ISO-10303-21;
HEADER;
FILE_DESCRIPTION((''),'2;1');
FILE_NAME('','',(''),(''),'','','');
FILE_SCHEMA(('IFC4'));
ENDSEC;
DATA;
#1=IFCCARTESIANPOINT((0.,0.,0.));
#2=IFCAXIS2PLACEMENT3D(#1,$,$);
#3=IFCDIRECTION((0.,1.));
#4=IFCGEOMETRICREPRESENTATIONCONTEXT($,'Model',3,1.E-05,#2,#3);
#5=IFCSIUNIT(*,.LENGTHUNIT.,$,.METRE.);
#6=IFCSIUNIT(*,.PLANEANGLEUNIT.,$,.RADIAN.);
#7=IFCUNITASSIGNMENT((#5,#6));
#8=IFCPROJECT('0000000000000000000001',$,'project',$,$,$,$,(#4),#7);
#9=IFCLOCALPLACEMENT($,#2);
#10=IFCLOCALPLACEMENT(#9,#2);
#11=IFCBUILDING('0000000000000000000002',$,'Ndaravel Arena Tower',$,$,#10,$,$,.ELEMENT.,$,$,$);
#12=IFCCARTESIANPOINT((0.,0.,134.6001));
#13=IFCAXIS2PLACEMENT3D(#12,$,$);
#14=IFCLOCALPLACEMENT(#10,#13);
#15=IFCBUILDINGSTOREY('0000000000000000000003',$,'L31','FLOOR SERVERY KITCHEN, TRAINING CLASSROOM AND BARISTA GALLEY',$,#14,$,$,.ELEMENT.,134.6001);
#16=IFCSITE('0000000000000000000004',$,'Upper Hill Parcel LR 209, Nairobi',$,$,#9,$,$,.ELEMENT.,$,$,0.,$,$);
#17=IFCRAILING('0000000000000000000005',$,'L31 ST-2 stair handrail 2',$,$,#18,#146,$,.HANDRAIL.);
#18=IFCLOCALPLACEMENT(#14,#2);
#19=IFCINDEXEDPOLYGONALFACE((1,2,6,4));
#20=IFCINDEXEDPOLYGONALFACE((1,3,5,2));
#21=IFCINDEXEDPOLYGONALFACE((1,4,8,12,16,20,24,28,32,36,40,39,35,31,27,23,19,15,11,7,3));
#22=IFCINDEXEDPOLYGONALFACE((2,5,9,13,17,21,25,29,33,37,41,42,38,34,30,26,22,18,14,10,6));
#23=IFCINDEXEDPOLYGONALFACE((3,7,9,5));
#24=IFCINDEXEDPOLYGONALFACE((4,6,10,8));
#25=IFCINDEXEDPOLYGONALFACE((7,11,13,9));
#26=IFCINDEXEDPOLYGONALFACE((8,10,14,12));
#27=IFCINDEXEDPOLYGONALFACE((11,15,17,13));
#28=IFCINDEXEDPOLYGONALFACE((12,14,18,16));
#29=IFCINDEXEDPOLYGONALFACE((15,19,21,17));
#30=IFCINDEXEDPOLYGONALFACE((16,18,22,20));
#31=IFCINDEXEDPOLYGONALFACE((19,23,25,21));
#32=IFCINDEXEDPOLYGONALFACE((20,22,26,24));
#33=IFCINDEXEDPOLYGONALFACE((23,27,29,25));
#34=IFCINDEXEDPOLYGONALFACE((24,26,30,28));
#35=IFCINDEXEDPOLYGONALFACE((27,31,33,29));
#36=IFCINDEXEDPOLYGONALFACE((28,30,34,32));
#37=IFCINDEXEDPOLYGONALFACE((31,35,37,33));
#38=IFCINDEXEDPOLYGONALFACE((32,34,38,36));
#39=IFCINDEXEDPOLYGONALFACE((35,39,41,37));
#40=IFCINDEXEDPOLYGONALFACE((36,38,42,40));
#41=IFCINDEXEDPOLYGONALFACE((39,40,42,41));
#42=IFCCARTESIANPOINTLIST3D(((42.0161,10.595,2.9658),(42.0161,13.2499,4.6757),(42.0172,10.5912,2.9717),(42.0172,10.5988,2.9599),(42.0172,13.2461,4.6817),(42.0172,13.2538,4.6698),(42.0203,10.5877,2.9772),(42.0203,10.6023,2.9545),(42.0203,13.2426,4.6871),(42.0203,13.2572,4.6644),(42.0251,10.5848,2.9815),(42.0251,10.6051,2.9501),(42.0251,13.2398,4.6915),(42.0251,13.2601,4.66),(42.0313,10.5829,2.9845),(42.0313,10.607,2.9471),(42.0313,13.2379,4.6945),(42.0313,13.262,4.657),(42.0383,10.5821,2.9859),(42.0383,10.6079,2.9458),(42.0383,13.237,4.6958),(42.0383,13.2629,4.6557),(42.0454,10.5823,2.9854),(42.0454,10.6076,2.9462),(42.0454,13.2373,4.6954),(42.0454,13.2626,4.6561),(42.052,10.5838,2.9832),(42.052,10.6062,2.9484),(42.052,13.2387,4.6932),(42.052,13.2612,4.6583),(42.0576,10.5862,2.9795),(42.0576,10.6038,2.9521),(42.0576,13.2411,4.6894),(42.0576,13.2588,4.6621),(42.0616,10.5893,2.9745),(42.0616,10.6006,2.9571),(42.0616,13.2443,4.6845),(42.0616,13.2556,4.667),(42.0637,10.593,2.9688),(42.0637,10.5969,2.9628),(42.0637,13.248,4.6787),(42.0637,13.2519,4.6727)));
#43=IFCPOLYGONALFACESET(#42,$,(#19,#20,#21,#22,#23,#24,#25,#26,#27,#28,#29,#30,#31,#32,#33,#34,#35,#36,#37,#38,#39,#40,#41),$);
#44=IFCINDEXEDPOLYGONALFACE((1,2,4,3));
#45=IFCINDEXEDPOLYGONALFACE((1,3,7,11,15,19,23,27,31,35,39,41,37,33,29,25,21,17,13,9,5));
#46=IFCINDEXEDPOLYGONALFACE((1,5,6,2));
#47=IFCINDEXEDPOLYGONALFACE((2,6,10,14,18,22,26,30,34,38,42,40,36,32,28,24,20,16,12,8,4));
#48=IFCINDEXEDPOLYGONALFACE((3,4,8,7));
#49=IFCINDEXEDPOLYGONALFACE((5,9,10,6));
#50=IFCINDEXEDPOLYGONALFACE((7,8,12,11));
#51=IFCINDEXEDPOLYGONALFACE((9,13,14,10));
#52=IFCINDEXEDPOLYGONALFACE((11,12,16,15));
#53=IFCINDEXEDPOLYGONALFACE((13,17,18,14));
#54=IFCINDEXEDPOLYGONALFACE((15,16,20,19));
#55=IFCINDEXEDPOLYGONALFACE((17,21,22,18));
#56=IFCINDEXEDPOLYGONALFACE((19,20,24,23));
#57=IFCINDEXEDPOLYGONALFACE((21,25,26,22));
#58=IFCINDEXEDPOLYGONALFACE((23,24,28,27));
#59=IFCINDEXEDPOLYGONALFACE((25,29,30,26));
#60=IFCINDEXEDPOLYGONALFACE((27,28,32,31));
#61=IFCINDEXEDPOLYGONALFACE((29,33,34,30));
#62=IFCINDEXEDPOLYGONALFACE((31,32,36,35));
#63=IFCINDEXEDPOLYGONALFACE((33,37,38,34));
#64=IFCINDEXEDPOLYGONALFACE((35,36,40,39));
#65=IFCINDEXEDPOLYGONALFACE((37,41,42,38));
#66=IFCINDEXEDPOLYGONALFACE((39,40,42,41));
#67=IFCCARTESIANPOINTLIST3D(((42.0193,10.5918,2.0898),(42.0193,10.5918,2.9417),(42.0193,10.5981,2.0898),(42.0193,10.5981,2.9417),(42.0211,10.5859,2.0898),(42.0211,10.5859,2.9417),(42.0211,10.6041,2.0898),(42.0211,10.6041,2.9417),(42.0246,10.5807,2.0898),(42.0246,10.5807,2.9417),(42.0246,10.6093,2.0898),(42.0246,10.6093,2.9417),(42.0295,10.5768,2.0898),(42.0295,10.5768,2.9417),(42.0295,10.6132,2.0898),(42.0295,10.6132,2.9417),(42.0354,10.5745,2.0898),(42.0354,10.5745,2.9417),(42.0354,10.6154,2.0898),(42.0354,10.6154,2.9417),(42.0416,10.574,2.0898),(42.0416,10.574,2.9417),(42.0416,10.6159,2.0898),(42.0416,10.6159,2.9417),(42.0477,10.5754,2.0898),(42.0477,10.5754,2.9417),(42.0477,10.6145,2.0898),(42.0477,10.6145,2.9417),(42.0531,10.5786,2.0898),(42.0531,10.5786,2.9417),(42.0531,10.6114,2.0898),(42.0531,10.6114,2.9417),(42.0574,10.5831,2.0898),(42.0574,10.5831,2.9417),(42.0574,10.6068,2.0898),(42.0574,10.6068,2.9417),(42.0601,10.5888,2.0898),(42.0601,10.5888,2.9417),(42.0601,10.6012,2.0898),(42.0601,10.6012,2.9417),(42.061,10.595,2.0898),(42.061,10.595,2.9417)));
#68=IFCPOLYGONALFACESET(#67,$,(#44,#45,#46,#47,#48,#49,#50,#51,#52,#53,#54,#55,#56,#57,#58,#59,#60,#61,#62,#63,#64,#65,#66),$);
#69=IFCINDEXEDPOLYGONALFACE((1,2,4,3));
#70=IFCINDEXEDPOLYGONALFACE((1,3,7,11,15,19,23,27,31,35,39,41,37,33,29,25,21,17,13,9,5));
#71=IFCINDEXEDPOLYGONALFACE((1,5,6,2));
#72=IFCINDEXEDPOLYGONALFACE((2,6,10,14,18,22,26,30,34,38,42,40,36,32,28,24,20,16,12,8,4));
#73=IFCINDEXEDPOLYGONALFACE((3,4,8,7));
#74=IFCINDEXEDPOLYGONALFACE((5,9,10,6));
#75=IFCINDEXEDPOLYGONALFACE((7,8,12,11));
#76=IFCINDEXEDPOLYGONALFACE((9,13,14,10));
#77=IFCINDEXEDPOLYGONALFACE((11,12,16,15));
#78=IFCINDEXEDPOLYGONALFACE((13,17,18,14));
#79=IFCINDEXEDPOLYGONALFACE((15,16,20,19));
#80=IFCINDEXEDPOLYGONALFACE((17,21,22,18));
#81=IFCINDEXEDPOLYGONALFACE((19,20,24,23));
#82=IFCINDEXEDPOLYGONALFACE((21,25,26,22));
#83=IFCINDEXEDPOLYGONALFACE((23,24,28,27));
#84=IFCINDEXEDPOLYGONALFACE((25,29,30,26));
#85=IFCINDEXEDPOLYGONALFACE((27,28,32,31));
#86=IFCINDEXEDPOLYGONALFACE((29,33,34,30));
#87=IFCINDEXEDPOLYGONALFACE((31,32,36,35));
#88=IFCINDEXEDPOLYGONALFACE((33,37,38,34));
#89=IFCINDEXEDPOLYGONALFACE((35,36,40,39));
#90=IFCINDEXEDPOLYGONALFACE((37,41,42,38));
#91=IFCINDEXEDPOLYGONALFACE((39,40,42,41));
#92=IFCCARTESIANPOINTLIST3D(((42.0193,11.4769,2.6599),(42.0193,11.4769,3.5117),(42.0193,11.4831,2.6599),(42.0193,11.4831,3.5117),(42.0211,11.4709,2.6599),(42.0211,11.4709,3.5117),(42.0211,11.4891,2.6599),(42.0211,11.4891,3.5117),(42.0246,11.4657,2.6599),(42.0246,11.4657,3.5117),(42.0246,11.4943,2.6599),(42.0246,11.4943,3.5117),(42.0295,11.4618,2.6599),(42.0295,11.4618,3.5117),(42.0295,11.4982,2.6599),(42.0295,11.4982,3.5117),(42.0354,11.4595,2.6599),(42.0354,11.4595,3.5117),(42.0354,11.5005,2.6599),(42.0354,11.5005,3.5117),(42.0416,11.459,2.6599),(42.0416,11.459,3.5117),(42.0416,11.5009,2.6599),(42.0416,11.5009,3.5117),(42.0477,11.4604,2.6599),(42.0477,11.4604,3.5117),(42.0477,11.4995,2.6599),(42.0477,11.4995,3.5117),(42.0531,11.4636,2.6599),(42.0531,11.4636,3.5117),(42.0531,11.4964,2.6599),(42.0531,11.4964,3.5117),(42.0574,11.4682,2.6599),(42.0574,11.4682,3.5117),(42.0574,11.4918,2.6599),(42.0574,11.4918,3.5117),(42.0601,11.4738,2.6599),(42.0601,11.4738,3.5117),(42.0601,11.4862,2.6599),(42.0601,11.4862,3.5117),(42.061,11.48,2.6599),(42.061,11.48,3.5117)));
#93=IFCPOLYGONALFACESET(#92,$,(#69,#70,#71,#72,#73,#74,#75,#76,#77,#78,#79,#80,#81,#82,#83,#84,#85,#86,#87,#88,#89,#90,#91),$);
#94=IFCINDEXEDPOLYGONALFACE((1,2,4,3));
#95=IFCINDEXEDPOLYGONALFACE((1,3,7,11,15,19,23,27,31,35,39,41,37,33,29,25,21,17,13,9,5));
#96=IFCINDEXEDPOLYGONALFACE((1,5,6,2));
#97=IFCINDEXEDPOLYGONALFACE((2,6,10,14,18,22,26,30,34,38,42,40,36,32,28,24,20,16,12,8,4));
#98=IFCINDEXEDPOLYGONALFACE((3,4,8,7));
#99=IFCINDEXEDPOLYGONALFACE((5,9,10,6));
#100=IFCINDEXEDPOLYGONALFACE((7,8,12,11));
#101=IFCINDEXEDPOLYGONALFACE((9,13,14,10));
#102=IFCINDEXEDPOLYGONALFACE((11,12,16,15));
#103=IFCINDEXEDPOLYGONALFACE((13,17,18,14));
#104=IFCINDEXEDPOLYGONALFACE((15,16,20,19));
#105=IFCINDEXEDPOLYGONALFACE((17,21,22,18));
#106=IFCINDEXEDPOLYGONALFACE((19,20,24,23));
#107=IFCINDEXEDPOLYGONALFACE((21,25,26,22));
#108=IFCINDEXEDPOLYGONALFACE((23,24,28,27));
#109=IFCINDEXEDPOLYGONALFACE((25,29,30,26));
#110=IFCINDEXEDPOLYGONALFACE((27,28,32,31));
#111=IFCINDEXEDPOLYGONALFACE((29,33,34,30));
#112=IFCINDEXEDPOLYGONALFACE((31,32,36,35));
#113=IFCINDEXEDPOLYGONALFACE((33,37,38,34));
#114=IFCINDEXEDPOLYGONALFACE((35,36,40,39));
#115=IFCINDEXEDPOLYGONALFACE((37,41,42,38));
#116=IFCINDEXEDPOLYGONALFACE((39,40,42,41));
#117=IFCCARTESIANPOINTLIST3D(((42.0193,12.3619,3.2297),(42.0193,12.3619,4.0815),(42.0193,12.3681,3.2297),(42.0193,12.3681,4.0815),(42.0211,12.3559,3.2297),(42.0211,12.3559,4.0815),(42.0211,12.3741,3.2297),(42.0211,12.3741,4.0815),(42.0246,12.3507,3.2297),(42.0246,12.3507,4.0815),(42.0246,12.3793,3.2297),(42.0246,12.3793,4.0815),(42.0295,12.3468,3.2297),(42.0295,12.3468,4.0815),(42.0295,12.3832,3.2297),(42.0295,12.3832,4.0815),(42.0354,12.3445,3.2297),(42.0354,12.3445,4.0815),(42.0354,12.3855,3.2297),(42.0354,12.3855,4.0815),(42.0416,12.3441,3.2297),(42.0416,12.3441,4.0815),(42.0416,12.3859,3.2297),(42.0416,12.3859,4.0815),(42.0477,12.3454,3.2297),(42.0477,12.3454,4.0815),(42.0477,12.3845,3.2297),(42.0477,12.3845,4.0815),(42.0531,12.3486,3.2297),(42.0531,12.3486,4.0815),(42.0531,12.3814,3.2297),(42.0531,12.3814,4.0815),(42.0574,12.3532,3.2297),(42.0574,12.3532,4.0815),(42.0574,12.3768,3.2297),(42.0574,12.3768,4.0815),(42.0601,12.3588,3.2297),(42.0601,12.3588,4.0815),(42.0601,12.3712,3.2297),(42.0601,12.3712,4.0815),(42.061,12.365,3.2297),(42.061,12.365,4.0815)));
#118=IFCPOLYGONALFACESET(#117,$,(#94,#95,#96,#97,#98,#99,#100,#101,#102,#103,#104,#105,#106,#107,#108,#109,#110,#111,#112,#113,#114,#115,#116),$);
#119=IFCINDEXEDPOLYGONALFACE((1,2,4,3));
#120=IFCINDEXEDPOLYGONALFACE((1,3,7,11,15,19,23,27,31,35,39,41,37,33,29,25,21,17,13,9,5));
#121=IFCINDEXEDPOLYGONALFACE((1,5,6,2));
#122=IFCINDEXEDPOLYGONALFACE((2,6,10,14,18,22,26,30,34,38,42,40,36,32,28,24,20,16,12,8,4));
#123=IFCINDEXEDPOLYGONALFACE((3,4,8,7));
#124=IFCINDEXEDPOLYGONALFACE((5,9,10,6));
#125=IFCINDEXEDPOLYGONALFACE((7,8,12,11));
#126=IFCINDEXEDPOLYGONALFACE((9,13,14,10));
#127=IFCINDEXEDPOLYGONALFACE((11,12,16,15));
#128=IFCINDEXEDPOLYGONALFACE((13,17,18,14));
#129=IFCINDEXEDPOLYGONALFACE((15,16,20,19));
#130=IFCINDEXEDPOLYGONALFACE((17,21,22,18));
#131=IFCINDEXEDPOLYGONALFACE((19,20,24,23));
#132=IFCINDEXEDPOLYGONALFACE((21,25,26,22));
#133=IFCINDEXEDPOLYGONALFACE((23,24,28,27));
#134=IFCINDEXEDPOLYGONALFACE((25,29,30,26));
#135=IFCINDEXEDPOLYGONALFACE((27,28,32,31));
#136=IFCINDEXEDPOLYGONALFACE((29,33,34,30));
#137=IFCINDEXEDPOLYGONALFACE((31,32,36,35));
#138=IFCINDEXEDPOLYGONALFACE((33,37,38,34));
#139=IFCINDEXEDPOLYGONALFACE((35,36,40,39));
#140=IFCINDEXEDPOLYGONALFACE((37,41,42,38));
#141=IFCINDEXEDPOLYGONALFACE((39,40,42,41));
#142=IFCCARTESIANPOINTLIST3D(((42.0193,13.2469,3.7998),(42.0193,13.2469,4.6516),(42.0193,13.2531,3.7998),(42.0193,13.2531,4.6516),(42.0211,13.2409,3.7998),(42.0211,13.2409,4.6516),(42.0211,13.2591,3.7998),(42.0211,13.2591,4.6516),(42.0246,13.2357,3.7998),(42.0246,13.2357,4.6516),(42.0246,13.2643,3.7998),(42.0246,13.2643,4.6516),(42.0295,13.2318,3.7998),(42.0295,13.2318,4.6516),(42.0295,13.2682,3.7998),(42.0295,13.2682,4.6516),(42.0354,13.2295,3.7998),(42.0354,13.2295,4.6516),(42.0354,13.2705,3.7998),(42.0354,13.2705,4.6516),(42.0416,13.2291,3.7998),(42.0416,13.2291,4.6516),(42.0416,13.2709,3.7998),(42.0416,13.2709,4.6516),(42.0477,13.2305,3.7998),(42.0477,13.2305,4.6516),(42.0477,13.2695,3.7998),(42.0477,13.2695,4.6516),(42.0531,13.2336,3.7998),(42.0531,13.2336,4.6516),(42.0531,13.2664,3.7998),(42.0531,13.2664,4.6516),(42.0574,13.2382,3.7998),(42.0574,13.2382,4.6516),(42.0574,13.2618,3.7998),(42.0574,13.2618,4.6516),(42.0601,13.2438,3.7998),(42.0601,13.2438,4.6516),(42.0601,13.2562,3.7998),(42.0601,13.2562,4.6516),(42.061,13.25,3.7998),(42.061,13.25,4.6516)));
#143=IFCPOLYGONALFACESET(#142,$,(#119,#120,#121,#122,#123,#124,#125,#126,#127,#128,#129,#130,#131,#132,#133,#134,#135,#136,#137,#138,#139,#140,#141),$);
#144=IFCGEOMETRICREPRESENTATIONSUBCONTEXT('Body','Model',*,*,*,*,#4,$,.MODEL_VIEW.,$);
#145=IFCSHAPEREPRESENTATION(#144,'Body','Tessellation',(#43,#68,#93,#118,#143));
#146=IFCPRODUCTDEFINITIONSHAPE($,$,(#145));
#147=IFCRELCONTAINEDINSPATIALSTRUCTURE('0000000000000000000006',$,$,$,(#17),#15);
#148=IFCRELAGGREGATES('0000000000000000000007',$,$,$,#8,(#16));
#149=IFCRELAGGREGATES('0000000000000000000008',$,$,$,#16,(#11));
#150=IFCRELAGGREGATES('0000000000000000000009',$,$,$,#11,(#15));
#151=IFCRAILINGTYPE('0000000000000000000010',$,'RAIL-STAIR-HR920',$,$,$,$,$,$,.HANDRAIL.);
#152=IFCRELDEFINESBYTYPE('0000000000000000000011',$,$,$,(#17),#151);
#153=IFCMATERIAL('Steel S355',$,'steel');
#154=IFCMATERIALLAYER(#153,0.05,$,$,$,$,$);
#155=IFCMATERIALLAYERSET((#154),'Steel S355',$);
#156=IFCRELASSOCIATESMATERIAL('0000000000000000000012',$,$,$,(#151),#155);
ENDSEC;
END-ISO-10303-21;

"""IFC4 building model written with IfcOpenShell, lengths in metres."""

from ifc_helpers import new_model, si_unit, direction, frame, origin, origin_2d, place, context, subcontext, project, spatial, circle, extrude, material, layer, layer_set, type_object, element, save


model = new_model("IFC4")

# Units and contexts
model_context = context("Model", 3, precision=1e-05, world=origin(), true_north=direction((0.0, 1.0)))
body_context = subcontext(model_context, "Body", "Model", "MODEL_VIEW")
ifc_project = project(units=[si_unit("LENGTHUNIT", "METRE"), si_unit("PLANEANGLEUNIT", "RADIAN")], contexts=[model_context])

# Site, building, storey
site_placement = place(None, origin())
site = spatial("IfcSite", under=ifc_project, at=site_placement, Name="Upper Hill Parcel LR 209, Nairobi", CompositionType="ELEMENT", RefElevation=0.0)
building_placement = place(site_placement, origin())
building = spatial("IfcBuilding", under=site, at=building_placement, Name="Ndaravel Arena Tower", CompositionType="ELEMENT")
storey_placement = place(building_placement, frame((0.0, 0.0, 134.6001)))
storey = spatial("IfcBuildingStorey", under=building, at=storey_placement, Name="L31", Description="FLOOR SERVERY KITCHEN, TRAINING CLASSROOM AND BARISTA GALLEY", CompositionType="ELEMENT", Elevation=134.6001)

# Railing
ifc_material_1 = material(Name="Steel S355", Category="steel")
ifc_layer_1 = layer(ifc_material_1, 0.05)
ifc_layer_set_1 = layer_set([ifc_layer_1], Name="Steel S355")
railing_type_1 = type_object("IfcRailingType", Name="RAIL-STAIR-HR920", PredefinedType="HANDRAIL", material=ifc_layer_set_1)
railing_1_placement = place(storey_placement, frame((42.04, 10.595, 2.0898)))
element("IfcRailing", 1, at=railing_1_placement, inside=storey, type_object=railing_type_1, Name="L31 ST-2 stair handrail 2", PredefinedType="HANDRAIL", context=body_context, shape_type="SweptSolid", body=[
    extrude(circle(Radius=0.0239, at=origin_2d()), frame((0.0, 0.0, 0.876), z_axis=(0.0, 0.840724, 0.541465), x_axis=(-1.0, 0.0, 0.0)), (0.0, 0.0, 1.0), 3.158),
    extrude(circle(Radius=0.021, at=origin_2d()), origin(), (0.0, 0.0, 1.0), 0.8518),
    extrude(circle(Radius=0.021, at=origin_2d()), frame((0.0, 0.885, 0.5701)), (0.0, 0.0, 1.0), 0.8518),
    extrude(circle(Radius=0.021, at=origin_2d()), frame((0.0, 1.77, 1.1399)), (0.0, 0.0, 1.0), 0.8518),
    extrude(circle(Radius=0.021, at=origin_2d()), frame((0.0, 2.655, 1.71)), (0.0, 0.0, 1.0), 0.8518),
])

save(model, "model.ifc")
